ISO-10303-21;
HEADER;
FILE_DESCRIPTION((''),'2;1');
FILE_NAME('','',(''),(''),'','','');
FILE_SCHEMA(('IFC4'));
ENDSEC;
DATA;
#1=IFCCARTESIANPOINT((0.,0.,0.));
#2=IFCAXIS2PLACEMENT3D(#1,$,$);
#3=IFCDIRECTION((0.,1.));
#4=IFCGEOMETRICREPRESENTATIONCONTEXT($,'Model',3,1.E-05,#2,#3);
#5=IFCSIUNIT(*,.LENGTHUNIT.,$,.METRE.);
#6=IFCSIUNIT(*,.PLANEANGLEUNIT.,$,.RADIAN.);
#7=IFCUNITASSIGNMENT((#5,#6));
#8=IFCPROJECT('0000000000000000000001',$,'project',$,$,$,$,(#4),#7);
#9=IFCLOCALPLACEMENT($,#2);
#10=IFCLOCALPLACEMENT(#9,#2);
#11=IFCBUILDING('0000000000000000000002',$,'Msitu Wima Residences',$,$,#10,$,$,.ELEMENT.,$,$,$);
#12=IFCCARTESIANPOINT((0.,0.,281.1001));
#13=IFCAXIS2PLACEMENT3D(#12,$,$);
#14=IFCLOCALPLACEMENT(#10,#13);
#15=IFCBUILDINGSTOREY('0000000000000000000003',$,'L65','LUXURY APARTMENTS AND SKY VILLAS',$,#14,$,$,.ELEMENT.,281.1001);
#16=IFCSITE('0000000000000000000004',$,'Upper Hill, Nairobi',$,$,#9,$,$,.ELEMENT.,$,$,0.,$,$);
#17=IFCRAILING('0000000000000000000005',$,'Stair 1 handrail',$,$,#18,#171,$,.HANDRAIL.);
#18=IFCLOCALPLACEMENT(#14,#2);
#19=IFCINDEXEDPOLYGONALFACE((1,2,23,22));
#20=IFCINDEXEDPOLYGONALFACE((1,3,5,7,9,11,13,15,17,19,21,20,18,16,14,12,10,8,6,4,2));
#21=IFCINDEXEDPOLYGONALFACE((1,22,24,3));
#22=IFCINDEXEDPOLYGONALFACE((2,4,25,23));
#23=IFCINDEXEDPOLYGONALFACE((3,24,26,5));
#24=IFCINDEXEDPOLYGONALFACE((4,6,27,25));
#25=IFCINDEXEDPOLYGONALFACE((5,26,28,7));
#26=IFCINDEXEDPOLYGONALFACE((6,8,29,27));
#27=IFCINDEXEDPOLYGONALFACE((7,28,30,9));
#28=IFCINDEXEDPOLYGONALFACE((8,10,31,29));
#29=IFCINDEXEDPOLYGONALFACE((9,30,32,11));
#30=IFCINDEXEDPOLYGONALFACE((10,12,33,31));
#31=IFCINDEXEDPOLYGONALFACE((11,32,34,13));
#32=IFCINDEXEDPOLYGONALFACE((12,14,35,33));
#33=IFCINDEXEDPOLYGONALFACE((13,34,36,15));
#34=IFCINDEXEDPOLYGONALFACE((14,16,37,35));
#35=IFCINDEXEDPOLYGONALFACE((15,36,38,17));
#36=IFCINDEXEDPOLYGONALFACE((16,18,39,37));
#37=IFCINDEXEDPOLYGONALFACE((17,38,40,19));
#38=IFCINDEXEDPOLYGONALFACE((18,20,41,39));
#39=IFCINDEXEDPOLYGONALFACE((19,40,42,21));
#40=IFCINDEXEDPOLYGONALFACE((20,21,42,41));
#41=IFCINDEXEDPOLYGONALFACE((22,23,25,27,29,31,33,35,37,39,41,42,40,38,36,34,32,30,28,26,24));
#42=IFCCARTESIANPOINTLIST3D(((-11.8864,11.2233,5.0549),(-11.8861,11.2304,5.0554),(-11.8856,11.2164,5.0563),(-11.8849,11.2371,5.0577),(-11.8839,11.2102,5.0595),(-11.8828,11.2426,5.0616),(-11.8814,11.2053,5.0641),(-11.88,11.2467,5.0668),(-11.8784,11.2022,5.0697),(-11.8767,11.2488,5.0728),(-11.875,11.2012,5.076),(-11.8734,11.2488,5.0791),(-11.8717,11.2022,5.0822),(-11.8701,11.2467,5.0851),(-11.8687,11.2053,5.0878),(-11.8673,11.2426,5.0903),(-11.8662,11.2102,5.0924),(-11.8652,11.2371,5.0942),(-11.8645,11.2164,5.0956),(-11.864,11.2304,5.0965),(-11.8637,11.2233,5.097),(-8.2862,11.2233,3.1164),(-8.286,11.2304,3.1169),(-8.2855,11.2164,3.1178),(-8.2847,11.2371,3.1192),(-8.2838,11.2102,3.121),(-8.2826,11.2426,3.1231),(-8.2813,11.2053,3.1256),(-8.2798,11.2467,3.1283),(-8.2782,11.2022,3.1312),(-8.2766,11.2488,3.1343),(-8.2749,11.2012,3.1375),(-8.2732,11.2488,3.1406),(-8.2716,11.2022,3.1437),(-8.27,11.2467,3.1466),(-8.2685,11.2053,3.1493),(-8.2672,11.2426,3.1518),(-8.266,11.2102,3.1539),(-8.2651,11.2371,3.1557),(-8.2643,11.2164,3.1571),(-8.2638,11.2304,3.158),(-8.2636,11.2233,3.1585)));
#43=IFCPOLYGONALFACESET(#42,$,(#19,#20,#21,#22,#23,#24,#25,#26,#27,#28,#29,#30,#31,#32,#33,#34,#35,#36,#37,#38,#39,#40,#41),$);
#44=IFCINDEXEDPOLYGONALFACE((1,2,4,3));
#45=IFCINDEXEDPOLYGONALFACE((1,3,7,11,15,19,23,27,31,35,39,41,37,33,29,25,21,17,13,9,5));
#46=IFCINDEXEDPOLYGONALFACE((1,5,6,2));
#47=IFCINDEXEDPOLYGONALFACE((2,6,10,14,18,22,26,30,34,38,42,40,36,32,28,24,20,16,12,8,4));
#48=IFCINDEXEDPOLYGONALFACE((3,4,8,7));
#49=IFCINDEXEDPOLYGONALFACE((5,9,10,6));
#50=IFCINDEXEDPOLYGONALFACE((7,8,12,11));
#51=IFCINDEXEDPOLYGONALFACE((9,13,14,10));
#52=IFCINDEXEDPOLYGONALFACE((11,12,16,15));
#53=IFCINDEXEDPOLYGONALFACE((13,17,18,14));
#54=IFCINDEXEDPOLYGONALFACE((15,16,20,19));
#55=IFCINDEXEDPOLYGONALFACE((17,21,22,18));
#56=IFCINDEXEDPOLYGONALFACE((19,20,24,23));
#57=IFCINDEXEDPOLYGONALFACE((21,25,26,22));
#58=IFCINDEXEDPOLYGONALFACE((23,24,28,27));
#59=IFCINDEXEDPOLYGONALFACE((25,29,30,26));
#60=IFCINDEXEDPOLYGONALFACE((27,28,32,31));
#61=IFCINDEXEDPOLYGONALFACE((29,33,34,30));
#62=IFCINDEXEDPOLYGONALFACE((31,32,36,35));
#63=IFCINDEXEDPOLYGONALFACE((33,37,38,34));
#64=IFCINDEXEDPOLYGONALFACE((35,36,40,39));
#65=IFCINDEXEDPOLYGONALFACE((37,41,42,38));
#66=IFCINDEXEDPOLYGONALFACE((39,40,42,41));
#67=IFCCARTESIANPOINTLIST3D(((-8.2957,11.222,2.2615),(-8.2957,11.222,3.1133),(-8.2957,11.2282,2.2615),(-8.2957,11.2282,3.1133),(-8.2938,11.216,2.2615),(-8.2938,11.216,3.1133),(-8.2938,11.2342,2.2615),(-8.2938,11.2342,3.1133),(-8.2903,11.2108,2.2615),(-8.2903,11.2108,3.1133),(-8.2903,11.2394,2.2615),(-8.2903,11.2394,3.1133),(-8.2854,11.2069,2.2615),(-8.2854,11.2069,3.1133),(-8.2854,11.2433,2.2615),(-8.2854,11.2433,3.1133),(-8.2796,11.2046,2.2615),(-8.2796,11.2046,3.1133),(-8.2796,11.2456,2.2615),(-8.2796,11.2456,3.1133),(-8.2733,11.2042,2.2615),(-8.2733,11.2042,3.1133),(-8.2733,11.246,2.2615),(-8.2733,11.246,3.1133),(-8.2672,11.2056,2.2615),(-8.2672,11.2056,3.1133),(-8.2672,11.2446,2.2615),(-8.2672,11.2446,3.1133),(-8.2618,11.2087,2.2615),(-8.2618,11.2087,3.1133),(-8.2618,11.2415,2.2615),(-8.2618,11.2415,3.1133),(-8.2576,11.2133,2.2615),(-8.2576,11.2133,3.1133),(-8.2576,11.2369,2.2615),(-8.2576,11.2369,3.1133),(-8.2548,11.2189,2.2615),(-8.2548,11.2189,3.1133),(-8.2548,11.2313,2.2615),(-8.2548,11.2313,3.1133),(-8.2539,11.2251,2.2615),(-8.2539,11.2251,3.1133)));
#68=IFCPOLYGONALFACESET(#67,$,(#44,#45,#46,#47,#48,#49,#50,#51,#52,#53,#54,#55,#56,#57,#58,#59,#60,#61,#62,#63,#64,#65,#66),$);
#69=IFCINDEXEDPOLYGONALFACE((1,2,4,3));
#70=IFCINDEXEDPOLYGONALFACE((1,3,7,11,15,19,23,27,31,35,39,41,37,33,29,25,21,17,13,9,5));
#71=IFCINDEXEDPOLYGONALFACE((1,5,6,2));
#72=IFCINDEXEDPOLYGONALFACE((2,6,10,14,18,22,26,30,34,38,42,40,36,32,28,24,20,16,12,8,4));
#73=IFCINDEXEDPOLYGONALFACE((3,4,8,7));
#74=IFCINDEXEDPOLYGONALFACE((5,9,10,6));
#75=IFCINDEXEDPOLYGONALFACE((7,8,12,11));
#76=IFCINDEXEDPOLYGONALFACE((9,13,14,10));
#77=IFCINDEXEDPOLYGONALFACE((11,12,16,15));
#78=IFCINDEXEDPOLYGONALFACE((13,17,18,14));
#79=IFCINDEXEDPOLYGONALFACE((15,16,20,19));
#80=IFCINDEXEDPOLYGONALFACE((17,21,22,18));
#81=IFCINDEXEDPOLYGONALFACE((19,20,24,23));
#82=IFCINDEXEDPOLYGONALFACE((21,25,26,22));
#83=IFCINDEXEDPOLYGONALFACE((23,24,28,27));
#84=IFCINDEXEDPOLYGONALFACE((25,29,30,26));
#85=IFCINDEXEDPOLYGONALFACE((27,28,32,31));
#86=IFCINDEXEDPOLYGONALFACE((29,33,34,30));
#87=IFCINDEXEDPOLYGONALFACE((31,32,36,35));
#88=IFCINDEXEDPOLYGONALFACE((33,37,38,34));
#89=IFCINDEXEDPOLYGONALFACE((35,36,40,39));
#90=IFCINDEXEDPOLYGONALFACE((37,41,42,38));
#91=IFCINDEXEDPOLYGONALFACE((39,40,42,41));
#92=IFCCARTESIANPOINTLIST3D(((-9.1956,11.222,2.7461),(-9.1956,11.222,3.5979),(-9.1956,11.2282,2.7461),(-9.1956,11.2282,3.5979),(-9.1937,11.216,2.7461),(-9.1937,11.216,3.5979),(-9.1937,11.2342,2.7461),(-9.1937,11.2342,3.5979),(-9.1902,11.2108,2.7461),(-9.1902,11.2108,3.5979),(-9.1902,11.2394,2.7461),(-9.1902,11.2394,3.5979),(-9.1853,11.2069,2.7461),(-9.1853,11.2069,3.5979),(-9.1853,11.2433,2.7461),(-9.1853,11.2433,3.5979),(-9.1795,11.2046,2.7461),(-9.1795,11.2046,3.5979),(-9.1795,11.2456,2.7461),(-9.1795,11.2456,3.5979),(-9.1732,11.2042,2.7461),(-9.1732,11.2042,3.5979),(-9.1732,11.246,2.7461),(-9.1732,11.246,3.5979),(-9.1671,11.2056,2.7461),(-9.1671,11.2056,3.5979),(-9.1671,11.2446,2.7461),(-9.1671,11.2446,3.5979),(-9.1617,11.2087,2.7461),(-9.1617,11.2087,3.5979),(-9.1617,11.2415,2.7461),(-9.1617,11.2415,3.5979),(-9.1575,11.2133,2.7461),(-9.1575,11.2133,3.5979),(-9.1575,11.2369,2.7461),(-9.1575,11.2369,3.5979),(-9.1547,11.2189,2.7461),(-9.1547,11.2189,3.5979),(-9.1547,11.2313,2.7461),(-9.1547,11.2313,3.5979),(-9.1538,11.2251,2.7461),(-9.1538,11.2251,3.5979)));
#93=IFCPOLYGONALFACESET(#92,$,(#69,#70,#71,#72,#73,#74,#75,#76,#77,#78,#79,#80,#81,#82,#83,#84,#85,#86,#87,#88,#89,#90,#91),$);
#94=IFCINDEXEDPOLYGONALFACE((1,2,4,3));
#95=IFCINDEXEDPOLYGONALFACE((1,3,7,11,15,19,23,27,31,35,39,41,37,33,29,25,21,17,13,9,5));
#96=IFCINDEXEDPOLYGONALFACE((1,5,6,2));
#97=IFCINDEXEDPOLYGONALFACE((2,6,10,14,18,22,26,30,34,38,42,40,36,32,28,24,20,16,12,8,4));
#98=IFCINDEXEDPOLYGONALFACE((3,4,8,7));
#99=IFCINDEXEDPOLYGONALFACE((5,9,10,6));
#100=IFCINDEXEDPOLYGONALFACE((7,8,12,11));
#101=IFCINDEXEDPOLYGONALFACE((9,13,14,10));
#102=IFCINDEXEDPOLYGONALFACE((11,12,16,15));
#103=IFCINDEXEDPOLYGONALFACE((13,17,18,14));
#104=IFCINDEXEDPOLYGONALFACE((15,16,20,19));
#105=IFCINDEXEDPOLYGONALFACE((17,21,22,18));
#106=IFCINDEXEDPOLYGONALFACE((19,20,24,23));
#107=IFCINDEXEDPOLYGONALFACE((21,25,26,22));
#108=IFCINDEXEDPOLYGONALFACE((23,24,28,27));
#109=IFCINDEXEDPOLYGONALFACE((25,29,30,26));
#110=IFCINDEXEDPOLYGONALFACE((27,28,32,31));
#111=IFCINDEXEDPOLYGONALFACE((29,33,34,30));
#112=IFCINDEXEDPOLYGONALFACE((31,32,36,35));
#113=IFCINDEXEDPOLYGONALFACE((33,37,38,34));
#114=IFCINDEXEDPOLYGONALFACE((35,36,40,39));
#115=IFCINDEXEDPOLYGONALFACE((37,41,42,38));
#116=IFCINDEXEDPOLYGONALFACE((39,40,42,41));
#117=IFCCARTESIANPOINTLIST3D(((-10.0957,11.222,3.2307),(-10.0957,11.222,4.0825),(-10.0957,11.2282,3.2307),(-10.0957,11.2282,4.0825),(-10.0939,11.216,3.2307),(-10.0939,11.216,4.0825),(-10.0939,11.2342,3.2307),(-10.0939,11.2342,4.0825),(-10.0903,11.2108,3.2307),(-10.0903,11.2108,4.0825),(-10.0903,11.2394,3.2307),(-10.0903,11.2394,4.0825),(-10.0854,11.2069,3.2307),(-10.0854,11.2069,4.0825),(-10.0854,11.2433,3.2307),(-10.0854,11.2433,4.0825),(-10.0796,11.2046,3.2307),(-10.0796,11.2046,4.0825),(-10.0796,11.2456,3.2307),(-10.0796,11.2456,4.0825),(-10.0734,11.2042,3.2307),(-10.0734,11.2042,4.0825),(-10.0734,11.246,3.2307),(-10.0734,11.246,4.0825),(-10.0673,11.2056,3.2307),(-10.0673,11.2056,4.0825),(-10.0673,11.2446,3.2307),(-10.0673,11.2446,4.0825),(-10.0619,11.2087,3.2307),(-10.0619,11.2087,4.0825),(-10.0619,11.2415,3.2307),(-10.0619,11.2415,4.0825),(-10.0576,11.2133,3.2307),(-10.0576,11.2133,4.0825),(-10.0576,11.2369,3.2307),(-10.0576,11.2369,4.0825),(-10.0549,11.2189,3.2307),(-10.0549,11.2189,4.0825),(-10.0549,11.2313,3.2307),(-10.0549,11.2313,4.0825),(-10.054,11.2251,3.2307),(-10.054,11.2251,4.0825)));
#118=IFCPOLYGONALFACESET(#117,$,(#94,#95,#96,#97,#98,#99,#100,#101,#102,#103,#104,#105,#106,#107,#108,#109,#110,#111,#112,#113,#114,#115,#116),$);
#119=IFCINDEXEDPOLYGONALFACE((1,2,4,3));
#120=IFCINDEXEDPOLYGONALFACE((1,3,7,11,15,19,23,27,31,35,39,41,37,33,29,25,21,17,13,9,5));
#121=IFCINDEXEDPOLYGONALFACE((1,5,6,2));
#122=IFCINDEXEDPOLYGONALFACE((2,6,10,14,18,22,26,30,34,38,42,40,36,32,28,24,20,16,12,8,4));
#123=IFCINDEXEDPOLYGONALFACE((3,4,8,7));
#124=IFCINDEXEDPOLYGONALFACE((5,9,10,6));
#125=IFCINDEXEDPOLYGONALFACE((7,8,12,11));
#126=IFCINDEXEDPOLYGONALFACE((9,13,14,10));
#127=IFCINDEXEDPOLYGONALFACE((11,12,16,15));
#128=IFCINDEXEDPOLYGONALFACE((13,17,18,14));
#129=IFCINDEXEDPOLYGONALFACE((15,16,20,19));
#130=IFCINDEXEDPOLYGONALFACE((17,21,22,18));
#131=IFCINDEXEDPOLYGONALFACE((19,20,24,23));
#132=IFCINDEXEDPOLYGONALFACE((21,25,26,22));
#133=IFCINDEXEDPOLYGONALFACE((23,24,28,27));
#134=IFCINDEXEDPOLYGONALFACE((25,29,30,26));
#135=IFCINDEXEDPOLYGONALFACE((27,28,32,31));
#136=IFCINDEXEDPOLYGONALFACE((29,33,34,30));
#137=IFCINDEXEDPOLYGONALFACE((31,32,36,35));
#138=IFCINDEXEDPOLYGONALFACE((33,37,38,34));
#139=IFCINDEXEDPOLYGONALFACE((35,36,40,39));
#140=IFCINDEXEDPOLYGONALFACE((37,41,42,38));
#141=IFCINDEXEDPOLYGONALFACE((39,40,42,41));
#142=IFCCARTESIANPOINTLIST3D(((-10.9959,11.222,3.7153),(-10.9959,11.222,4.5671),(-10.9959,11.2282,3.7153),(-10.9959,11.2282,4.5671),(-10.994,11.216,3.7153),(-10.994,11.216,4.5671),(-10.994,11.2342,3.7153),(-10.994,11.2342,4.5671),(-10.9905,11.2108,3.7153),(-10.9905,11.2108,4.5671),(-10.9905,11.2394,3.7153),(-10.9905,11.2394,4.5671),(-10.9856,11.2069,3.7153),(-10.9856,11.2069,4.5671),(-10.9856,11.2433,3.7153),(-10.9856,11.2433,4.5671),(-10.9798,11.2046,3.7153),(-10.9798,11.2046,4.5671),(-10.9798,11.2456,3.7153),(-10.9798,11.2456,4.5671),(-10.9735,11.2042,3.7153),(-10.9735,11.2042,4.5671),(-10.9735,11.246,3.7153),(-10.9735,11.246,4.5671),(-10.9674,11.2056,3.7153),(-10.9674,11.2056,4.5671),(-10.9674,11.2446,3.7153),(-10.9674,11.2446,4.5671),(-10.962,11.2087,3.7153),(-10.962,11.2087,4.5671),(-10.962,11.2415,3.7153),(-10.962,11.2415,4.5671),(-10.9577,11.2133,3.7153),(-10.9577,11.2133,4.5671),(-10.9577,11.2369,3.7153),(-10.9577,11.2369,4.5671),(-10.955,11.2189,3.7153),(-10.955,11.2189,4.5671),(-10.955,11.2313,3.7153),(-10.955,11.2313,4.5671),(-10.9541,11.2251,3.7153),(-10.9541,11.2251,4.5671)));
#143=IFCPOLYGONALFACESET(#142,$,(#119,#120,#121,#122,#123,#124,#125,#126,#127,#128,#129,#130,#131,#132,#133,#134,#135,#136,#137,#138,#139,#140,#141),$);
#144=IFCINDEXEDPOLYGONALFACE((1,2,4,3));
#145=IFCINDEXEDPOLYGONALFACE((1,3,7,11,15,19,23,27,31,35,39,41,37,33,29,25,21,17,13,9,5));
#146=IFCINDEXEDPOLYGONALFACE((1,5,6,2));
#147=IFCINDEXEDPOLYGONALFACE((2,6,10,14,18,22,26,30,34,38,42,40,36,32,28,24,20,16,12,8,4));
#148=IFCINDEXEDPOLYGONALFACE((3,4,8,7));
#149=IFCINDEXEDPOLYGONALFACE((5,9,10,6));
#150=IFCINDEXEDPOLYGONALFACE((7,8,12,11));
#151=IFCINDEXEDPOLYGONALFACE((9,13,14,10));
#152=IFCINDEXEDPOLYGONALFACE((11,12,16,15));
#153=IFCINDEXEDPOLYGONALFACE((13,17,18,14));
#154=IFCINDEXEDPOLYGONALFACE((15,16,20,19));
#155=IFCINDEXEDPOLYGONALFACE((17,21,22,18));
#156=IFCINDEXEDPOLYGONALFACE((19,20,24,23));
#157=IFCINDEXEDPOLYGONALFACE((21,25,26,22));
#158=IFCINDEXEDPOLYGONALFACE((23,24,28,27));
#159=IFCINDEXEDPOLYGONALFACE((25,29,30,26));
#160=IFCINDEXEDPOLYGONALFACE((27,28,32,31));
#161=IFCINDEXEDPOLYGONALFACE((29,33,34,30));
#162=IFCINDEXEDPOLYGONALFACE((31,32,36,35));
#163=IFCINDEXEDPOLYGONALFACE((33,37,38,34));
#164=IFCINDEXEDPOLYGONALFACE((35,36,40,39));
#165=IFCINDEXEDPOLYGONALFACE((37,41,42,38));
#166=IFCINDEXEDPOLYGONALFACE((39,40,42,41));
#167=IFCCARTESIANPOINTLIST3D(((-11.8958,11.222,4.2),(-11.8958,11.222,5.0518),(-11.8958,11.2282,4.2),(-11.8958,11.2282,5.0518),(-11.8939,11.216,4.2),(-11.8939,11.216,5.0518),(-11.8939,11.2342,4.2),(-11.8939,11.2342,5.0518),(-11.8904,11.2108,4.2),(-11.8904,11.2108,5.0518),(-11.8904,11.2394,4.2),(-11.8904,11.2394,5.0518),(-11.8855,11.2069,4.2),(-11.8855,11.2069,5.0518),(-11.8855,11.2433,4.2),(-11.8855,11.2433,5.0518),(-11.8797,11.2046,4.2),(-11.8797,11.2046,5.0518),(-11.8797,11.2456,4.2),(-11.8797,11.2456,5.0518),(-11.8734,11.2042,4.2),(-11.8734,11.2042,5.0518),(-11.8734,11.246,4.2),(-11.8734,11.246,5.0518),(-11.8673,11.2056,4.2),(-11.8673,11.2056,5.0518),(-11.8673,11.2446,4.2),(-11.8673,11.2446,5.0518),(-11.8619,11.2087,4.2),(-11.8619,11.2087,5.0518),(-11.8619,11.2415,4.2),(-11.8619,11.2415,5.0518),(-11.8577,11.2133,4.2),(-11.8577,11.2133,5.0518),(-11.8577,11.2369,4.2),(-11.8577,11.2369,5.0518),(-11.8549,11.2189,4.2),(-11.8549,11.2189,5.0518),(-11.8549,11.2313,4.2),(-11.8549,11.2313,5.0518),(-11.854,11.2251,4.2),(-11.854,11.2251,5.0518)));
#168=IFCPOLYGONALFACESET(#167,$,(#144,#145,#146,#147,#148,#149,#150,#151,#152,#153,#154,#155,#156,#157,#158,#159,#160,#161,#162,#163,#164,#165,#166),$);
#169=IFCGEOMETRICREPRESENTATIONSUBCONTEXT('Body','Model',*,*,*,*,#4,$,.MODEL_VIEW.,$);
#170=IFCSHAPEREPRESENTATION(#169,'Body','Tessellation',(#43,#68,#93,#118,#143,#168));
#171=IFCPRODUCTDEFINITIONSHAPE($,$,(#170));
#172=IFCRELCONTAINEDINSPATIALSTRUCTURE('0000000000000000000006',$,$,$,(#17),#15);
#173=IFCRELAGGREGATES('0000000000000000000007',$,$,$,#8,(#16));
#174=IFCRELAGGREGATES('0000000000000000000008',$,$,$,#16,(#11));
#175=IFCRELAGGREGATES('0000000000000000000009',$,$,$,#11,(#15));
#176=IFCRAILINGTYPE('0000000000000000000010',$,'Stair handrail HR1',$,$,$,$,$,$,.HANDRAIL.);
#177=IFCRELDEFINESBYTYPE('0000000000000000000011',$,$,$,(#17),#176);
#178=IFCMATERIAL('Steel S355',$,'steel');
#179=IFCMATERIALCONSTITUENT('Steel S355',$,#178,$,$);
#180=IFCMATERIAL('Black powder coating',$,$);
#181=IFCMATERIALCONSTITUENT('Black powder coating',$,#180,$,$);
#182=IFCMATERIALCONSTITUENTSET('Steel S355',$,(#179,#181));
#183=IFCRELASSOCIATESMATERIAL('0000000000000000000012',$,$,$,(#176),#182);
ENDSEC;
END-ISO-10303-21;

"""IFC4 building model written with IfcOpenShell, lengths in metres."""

from ifc_helpers import new_model, si_unit, direction, frame, origin, origin_2d, place, context, subcontext, project, spatial, circle, extrude, material, constituent, constituent_set, type_object, element, save


model = new_model("IFC4")

# Units and contexts
model_context = context("Model", 3, precision=1e-05, world=origin(), true_north=direction((0.0, 1.0)))
body_context = subcontext(model_context, "Body", "Model", "MODEL_VIEW")
ifc_project = project(units=[si_unit("LENGTHUNIT", "METRE"), si_unit("PLANEANGLEUNIT", "RADIAN")], contexts=[model_context])

# Site, building, storey
site_placement = place(None, origin())
site = spatial("IfcSite", under=ifc_project, at=site_placement, Name="Upper Hill, Nairobi", CompositionType="ELEMENT", RefElevation=0.0)
building_placement = place(site_placement, origin())
building = spatial("IfcBuilding", under=site, at=building_placement, Name="Msitu Wima Residences", CompositionType="ELEMENT")
storey_placement = place(building_placement, frame((0.0, 0.0, 281.1001)))
storey = spatial("IfcBuildingStorey", under=building, at=storey_placement, Name="L65", Description="LUXURY APARTMENTS AND SKY VILLAS", CompositionType="ELEMENT", Elevation=281.1001)

# Railing
ifc_material_1 = material(Name="Steel S355", Category="steel")
ifc_constituent_1 = constituent(ifc_material_1, Name="Steel S355")
ifc_material_2 = material(Name="Black powder coating")
ifc_constituent_2 = constituent(ifc_material_2, Name="Black powder coating")
ifc_constituent_set = constituent_set(constituents=[ifc_constituent_1, ifc_constituent_2], Name="Steel S355")
railing_type = type_object("IfcRailingType", Name="Stair handrail HR1", PredefinedType="HANDRAIL", material=ifc_constituent_set)
for number, where, name in (
    (1, (-8.2749, 11.2251, 2.2615), "Stair 1 handrail"),
):
    element("IfcRailing", number, at=place(storey_placement, frame(where)), inside=storey, type_object=railing_type, Name=name, PredefinedType="HANDRAIL", context=body_context, shape_type="SweptSolid", body=[
        extrude(circle(Radius=0.0239, at=origin_2d()), frame((0.0, 0.0, 0.876), z_axis=(-0.880475, 0.0, 0.474093), x_axis=(0.0, -1.0, 0.0)), (0.0, 0.0, 1.0), 4.0889),
        extrude(circle(Radius=0.021, at=origin_2d()), origin(), (0.0, 0.0, 1.0), 0.8518),
        extrude(circle(Radius=0.021, at=origin_2d()), frame((-0.8999, 0.0, 0.4846)), (0.0, 0.0, 1.0), 0.8518),
        extrude(circle(Radius=0.021, at=origin_2d()), frame((-1.8, 0.0, 0.9692)), (0.0, 0.0, 1.0), 0.8518),
        extrude(circle(Radius=0.021, at=origin_2d()), frame((-2.7002, 0.0, 1.4539)), (0.0, 0.0, 1.0), 0.8518),
        extrude(circle(Radius=0.021, at=origin_2d()), frame((-3.6001, 0.0, 1.9385)), (0.0, 0.0, 1.0), 0.8518),
    ])

save(model, "model.ifc")
